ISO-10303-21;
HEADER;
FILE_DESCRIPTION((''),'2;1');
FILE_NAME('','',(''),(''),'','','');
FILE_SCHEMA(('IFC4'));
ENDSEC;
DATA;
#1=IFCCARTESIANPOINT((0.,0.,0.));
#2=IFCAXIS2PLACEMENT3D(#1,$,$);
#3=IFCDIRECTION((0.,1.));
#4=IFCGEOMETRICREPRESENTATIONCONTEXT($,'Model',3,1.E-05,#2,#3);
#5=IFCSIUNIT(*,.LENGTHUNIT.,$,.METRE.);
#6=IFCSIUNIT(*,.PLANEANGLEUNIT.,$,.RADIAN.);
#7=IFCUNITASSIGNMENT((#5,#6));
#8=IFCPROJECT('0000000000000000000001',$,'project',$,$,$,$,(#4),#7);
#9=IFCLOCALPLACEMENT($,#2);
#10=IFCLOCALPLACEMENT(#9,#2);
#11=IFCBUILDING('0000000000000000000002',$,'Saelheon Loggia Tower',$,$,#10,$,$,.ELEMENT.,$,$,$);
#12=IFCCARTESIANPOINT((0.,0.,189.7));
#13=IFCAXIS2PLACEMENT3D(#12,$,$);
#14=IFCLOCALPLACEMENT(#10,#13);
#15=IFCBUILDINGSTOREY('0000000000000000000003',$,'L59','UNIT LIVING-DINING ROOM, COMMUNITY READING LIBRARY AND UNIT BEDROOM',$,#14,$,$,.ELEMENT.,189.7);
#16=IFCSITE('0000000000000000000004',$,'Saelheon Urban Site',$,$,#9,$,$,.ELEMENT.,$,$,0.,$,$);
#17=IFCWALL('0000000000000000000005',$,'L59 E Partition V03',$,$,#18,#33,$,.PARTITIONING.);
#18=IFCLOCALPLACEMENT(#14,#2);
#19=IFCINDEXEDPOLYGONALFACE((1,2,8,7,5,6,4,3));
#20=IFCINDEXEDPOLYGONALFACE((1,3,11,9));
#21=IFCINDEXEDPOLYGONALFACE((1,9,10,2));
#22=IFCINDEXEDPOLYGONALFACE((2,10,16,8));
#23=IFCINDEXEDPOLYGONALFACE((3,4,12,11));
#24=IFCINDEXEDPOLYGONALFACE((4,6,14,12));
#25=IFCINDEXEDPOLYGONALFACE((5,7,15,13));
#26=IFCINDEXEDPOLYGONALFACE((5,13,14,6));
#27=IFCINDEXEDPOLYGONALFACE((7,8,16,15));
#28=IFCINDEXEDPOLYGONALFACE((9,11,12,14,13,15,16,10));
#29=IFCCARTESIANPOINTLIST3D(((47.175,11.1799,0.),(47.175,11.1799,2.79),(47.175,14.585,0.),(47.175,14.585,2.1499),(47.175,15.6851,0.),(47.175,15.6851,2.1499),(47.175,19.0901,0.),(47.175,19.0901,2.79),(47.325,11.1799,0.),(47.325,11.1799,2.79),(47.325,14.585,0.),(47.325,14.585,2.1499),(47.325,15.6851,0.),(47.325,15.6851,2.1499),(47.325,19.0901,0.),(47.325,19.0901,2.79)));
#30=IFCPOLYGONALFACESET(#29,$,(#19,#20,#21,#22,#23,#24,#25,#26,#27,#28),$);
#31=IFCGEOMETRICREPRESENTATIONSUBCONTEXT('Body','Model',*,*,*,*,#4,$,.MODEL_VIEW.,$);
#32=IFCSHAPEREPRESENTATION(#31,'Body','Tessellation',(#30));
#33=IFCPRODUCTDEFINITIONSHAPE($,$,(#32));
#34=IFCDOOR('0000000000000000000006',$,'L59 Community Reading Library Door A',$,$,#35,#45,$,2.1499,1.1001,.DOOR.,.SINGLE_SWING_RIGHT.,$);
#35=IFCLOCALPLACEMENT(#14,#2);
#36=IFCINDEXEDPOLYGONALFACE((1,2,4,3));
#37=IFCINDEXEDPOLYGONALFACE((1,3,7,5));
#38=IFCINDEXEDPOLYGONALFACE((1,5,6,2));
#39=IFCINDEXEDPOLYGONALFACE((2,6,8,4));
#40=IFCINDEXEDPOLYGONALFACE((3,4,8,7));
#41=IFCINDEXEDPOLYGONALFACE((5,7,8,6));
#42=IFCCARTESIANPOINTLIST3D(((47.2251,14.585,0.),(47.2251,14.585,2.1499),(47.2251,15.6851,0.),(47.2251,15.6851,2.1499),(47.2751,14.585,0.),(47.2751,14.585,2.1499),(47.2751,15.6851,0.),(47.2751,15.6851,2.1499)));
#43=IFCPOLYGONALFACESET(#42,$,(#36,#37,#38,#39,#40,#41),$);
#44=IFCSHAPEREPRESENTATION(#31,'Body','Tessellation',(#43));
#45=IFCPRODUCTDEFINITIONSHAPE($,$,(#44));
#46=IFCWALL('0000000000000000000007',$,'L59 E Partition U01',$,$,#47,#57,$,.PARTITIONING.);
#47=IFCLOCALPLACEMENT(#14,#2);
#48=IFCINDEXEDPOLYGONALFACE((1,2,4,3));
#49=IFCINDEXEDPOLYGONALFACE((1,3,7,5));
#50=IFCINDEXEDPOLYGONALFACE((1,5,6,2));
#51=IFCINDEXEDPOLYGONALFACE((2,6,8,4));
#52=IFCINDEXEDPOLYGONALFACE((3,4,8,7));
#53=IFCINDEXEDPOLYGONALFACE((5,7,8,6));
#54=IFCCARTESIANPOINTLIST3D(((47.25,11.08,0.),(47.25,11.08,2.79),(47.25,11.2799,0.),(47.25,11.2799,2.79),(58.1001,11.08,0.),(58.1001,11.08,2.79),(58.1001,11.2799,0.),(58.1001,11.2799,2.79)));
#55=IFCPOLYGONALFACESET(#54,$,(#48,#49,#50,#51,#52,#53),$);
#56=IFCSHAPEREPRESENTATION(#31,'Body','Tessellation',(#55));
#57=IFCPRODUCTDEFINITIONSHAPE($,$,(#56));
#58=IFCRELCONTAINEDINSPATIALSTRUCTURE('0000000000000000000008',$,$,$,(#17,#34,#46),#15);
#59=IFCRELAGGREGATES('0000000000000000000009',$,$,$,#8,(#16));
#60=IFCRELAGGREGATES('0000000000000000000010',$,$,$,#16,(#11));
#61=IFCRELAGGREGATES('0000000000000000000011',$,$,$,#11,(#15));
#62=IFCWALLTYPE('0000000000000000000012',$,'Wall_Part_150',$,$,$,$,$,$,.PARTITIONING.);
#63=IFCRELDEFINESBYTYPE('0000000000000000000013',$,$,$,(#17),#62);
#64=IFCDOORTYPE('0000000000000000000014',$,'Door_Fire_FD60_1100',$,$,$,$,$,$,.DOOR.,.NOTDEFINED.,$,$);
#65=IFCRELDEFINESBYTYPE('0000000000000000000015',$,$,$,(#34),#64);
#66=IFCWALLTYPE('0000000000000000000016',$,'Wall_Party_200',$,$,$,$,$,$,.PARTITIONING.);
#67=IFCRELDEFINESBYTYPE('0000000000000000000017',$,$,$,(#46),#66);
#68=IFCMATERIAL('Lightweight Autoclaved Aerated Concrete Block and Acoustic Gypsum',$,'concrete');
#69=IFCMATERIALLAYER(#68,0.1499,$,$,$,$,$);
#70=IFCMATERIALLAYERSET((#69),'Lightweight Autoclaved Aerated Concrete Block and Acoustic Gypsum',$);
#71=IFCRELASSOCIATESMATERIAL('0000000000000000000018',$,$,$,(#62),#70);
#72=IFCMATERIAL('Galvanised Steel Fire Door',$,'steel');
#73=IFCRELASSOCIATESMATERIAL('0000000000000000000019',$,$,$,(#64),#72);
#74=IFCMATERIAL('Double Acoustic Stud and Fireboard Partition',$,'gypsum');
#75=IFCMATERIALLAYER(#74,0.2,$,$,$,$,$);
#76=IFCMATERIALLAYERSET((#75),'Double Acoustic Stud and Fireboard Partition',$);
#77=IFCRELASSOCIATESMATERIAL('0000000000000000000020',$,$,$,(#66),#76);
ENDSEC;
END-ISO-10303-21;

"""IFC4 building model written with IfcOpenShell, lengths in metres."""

from ifc_helpers import new_model, si_unit, direction, frame, frame_2d, origin, place, context, subcontext, project, spatial, rectangle, extrude, source, transform, mapped, material, layer, layer_set, type_object, element, fill, save


model = new_model("IFC4")

# Units and contexts
model_context = context("Model", 3, precision=1e-05, world=origin(), true_north=direction((0.0, 1.0)))
body_context = subcontext(model_context, "Body", "Model", "MODEL_VIEW")
ifc_project = project(units=[si_unit("LENGTHUNIT", "METRE"), si_unit("PLANEANGLEUNIT", "RADIAN")], contexts=[model_context])

# Site, building, storey
site_placement = place(None, origin())
site = spatial("IfcSite", under=ifc_project, at=site_placement, Name="Saelheon Urban Site", CompositionType="ELEMENT", RefElevation=0.0)
building_placement = place(site_placement, origin())
building = spatial("IfcBuilding", under=site, at=building_placement, Name="Saelheon Loggia Tower", CompositionType="ELEMENT")
storey_placement = place(building_placement, frame((0.0, 0.0, 189.7)))
storey = spatial("IfcBuildingStorey", under=building, at=storey_placement, Name="L59", Description="UNIT LIVING-DINING ROOM, COMMUNITY READING LIBRARY AND UNIT BEDROOM", CompositionType="ELEMENT", Elevation=189.7)

# Wall, opening, door
ifc_material_1 = material(Name="Lightweight Autoclaved Aerated Concrete Block and Acoustic Gypsum", Category="concrete")
ifc_layer_1 = layer(ifc_material_1, 0.1499)
ifc_layer_set_1 = layer_set([ifc_layer_1], Name="Lightweight Autoclaved Aerated Concrete Block and Acoustic Gypsum")
wall_type_1 = type_object("IfcWallType", Name="Wall_Part_150", PredefinedType="PARTITIONING", material=ifc_layer_set_1)
wall_1_placement = place(storey_placement, frame((47.25, 11.1799, 0.0), z_axis=(0.0, 0.0, 1.0), x_axis=(0.0, 1.0, 0.0)))
wall_1 = element("IfcWall", 1, at=wall_1_placement, inside=storey, type_object=wall_type_1, Name="L59 E Partition V03", PredefinedType="PARTITIONING", context=body_context, shape_type="SweptSolid", body=[
    extrude(rectangle(XDim=7.9102, YDim=0.1499, at=frame_2d((3.9551, 0.0))), origin(), (0.0, 0.0, 1.0), 2.79),
])
opening_1_placement = place(wall_1_placement, frame((3.405, 0.0, 0.0)))
opening_1 = element("IfcOpeningElement", 2, at=opening_1_placement, cuts=wall_1, PredefinedType="OPENING", context=body_context, shape_type="SweptSolid", body=[
    extrude(rectangle(XDim=1.1001, YDim=2.1499, at=frame_2d((0.55, 1.075))), frame((0.0, 0.0869, 0.0), z_axis=(0.0, -1.0, 0.0), x_axis=(1.0, 0.0, 0.0)), (0.0, 0.0, 1.0), 0.1738),
])
ifc_material_2 = material(Name="Galvanised Steel Fire Door", Category="steel")
door_type_1 = type_object("IfcDoorType", Name="Door_Fire_FD60_1100", OperationType="NOTDEFINED", PredefinedType="DOOR", material=ifc_material_2)
shared_shape_1 = source(origin(), body_context, "Body", "SweptSolid", [
    extrude(rectangle(XDim=1.1001, YDim=2.1499, at=frame_2d((0.55, 1.075))), frame((0.0, 0.0249, 0.0), z_axis=(0.0, -1.0, 0.0), x_axis=(1.0, 0.0, 0.0)), (0.0, 0.0, 1.0), 0.05),
])
door_1_placement = place(opening_1_placement, origin())
door_1 = element("IfcDoor", 3, at=door_1_placement, inside=storey, type_object=door_type_1, Name="L59 Community Reading Library Door A", OperationType="SINGLE_SWING_RIGHT", OverallHeight=2.1499, OverallWidth=1.1001, PredefinedType="DOOR", context=body_context, shape_type="MappedRepresentation", body=[
    mapped(shared_shape_1, transform((0.0, 0.0, 0.0), scale=1.0)),
])
fill(opening_1, door_1)

# Wall
ifc_material_3 = material(Name="Double Acoustic Stud and Fireboard Partition", Category="gypsum")
ifc_layer_2 = layer(ifc_material_3, 0.2)
ifc_layer_set_2 = layer_set([ifc_layer_2], Name="Double Acoustic Stud and Fireboard Partition")
wall_type_2 = type_object("IfcWallType", Name="Wall_Party_200", PredefinedType="PARTITIONING", material=ifc_layer_set_2)
wall_2_placement = place(storey_placement, frame((47.25, 11.1799, 0.0), z_axis=(0.0, 0.0, 1.0), x_axis=(1.0, 0.0, 0.0)))
element("IfcWall", 4, at=wall_2_placement, inside=storey, type_object=wall_type_2, Name="L59 E Partition U01", PredefinedType="PARTITIONING", context=body_context, shape_type="SweptSolid", body=[
    extrude(rectangle(XDim=10.8501, YDim=0.2, at=frame_2d((5.425, 0.0))), origin(), (0.0, 0.0, 1.0), 2.79),
])

save(model, "model.ifc")
